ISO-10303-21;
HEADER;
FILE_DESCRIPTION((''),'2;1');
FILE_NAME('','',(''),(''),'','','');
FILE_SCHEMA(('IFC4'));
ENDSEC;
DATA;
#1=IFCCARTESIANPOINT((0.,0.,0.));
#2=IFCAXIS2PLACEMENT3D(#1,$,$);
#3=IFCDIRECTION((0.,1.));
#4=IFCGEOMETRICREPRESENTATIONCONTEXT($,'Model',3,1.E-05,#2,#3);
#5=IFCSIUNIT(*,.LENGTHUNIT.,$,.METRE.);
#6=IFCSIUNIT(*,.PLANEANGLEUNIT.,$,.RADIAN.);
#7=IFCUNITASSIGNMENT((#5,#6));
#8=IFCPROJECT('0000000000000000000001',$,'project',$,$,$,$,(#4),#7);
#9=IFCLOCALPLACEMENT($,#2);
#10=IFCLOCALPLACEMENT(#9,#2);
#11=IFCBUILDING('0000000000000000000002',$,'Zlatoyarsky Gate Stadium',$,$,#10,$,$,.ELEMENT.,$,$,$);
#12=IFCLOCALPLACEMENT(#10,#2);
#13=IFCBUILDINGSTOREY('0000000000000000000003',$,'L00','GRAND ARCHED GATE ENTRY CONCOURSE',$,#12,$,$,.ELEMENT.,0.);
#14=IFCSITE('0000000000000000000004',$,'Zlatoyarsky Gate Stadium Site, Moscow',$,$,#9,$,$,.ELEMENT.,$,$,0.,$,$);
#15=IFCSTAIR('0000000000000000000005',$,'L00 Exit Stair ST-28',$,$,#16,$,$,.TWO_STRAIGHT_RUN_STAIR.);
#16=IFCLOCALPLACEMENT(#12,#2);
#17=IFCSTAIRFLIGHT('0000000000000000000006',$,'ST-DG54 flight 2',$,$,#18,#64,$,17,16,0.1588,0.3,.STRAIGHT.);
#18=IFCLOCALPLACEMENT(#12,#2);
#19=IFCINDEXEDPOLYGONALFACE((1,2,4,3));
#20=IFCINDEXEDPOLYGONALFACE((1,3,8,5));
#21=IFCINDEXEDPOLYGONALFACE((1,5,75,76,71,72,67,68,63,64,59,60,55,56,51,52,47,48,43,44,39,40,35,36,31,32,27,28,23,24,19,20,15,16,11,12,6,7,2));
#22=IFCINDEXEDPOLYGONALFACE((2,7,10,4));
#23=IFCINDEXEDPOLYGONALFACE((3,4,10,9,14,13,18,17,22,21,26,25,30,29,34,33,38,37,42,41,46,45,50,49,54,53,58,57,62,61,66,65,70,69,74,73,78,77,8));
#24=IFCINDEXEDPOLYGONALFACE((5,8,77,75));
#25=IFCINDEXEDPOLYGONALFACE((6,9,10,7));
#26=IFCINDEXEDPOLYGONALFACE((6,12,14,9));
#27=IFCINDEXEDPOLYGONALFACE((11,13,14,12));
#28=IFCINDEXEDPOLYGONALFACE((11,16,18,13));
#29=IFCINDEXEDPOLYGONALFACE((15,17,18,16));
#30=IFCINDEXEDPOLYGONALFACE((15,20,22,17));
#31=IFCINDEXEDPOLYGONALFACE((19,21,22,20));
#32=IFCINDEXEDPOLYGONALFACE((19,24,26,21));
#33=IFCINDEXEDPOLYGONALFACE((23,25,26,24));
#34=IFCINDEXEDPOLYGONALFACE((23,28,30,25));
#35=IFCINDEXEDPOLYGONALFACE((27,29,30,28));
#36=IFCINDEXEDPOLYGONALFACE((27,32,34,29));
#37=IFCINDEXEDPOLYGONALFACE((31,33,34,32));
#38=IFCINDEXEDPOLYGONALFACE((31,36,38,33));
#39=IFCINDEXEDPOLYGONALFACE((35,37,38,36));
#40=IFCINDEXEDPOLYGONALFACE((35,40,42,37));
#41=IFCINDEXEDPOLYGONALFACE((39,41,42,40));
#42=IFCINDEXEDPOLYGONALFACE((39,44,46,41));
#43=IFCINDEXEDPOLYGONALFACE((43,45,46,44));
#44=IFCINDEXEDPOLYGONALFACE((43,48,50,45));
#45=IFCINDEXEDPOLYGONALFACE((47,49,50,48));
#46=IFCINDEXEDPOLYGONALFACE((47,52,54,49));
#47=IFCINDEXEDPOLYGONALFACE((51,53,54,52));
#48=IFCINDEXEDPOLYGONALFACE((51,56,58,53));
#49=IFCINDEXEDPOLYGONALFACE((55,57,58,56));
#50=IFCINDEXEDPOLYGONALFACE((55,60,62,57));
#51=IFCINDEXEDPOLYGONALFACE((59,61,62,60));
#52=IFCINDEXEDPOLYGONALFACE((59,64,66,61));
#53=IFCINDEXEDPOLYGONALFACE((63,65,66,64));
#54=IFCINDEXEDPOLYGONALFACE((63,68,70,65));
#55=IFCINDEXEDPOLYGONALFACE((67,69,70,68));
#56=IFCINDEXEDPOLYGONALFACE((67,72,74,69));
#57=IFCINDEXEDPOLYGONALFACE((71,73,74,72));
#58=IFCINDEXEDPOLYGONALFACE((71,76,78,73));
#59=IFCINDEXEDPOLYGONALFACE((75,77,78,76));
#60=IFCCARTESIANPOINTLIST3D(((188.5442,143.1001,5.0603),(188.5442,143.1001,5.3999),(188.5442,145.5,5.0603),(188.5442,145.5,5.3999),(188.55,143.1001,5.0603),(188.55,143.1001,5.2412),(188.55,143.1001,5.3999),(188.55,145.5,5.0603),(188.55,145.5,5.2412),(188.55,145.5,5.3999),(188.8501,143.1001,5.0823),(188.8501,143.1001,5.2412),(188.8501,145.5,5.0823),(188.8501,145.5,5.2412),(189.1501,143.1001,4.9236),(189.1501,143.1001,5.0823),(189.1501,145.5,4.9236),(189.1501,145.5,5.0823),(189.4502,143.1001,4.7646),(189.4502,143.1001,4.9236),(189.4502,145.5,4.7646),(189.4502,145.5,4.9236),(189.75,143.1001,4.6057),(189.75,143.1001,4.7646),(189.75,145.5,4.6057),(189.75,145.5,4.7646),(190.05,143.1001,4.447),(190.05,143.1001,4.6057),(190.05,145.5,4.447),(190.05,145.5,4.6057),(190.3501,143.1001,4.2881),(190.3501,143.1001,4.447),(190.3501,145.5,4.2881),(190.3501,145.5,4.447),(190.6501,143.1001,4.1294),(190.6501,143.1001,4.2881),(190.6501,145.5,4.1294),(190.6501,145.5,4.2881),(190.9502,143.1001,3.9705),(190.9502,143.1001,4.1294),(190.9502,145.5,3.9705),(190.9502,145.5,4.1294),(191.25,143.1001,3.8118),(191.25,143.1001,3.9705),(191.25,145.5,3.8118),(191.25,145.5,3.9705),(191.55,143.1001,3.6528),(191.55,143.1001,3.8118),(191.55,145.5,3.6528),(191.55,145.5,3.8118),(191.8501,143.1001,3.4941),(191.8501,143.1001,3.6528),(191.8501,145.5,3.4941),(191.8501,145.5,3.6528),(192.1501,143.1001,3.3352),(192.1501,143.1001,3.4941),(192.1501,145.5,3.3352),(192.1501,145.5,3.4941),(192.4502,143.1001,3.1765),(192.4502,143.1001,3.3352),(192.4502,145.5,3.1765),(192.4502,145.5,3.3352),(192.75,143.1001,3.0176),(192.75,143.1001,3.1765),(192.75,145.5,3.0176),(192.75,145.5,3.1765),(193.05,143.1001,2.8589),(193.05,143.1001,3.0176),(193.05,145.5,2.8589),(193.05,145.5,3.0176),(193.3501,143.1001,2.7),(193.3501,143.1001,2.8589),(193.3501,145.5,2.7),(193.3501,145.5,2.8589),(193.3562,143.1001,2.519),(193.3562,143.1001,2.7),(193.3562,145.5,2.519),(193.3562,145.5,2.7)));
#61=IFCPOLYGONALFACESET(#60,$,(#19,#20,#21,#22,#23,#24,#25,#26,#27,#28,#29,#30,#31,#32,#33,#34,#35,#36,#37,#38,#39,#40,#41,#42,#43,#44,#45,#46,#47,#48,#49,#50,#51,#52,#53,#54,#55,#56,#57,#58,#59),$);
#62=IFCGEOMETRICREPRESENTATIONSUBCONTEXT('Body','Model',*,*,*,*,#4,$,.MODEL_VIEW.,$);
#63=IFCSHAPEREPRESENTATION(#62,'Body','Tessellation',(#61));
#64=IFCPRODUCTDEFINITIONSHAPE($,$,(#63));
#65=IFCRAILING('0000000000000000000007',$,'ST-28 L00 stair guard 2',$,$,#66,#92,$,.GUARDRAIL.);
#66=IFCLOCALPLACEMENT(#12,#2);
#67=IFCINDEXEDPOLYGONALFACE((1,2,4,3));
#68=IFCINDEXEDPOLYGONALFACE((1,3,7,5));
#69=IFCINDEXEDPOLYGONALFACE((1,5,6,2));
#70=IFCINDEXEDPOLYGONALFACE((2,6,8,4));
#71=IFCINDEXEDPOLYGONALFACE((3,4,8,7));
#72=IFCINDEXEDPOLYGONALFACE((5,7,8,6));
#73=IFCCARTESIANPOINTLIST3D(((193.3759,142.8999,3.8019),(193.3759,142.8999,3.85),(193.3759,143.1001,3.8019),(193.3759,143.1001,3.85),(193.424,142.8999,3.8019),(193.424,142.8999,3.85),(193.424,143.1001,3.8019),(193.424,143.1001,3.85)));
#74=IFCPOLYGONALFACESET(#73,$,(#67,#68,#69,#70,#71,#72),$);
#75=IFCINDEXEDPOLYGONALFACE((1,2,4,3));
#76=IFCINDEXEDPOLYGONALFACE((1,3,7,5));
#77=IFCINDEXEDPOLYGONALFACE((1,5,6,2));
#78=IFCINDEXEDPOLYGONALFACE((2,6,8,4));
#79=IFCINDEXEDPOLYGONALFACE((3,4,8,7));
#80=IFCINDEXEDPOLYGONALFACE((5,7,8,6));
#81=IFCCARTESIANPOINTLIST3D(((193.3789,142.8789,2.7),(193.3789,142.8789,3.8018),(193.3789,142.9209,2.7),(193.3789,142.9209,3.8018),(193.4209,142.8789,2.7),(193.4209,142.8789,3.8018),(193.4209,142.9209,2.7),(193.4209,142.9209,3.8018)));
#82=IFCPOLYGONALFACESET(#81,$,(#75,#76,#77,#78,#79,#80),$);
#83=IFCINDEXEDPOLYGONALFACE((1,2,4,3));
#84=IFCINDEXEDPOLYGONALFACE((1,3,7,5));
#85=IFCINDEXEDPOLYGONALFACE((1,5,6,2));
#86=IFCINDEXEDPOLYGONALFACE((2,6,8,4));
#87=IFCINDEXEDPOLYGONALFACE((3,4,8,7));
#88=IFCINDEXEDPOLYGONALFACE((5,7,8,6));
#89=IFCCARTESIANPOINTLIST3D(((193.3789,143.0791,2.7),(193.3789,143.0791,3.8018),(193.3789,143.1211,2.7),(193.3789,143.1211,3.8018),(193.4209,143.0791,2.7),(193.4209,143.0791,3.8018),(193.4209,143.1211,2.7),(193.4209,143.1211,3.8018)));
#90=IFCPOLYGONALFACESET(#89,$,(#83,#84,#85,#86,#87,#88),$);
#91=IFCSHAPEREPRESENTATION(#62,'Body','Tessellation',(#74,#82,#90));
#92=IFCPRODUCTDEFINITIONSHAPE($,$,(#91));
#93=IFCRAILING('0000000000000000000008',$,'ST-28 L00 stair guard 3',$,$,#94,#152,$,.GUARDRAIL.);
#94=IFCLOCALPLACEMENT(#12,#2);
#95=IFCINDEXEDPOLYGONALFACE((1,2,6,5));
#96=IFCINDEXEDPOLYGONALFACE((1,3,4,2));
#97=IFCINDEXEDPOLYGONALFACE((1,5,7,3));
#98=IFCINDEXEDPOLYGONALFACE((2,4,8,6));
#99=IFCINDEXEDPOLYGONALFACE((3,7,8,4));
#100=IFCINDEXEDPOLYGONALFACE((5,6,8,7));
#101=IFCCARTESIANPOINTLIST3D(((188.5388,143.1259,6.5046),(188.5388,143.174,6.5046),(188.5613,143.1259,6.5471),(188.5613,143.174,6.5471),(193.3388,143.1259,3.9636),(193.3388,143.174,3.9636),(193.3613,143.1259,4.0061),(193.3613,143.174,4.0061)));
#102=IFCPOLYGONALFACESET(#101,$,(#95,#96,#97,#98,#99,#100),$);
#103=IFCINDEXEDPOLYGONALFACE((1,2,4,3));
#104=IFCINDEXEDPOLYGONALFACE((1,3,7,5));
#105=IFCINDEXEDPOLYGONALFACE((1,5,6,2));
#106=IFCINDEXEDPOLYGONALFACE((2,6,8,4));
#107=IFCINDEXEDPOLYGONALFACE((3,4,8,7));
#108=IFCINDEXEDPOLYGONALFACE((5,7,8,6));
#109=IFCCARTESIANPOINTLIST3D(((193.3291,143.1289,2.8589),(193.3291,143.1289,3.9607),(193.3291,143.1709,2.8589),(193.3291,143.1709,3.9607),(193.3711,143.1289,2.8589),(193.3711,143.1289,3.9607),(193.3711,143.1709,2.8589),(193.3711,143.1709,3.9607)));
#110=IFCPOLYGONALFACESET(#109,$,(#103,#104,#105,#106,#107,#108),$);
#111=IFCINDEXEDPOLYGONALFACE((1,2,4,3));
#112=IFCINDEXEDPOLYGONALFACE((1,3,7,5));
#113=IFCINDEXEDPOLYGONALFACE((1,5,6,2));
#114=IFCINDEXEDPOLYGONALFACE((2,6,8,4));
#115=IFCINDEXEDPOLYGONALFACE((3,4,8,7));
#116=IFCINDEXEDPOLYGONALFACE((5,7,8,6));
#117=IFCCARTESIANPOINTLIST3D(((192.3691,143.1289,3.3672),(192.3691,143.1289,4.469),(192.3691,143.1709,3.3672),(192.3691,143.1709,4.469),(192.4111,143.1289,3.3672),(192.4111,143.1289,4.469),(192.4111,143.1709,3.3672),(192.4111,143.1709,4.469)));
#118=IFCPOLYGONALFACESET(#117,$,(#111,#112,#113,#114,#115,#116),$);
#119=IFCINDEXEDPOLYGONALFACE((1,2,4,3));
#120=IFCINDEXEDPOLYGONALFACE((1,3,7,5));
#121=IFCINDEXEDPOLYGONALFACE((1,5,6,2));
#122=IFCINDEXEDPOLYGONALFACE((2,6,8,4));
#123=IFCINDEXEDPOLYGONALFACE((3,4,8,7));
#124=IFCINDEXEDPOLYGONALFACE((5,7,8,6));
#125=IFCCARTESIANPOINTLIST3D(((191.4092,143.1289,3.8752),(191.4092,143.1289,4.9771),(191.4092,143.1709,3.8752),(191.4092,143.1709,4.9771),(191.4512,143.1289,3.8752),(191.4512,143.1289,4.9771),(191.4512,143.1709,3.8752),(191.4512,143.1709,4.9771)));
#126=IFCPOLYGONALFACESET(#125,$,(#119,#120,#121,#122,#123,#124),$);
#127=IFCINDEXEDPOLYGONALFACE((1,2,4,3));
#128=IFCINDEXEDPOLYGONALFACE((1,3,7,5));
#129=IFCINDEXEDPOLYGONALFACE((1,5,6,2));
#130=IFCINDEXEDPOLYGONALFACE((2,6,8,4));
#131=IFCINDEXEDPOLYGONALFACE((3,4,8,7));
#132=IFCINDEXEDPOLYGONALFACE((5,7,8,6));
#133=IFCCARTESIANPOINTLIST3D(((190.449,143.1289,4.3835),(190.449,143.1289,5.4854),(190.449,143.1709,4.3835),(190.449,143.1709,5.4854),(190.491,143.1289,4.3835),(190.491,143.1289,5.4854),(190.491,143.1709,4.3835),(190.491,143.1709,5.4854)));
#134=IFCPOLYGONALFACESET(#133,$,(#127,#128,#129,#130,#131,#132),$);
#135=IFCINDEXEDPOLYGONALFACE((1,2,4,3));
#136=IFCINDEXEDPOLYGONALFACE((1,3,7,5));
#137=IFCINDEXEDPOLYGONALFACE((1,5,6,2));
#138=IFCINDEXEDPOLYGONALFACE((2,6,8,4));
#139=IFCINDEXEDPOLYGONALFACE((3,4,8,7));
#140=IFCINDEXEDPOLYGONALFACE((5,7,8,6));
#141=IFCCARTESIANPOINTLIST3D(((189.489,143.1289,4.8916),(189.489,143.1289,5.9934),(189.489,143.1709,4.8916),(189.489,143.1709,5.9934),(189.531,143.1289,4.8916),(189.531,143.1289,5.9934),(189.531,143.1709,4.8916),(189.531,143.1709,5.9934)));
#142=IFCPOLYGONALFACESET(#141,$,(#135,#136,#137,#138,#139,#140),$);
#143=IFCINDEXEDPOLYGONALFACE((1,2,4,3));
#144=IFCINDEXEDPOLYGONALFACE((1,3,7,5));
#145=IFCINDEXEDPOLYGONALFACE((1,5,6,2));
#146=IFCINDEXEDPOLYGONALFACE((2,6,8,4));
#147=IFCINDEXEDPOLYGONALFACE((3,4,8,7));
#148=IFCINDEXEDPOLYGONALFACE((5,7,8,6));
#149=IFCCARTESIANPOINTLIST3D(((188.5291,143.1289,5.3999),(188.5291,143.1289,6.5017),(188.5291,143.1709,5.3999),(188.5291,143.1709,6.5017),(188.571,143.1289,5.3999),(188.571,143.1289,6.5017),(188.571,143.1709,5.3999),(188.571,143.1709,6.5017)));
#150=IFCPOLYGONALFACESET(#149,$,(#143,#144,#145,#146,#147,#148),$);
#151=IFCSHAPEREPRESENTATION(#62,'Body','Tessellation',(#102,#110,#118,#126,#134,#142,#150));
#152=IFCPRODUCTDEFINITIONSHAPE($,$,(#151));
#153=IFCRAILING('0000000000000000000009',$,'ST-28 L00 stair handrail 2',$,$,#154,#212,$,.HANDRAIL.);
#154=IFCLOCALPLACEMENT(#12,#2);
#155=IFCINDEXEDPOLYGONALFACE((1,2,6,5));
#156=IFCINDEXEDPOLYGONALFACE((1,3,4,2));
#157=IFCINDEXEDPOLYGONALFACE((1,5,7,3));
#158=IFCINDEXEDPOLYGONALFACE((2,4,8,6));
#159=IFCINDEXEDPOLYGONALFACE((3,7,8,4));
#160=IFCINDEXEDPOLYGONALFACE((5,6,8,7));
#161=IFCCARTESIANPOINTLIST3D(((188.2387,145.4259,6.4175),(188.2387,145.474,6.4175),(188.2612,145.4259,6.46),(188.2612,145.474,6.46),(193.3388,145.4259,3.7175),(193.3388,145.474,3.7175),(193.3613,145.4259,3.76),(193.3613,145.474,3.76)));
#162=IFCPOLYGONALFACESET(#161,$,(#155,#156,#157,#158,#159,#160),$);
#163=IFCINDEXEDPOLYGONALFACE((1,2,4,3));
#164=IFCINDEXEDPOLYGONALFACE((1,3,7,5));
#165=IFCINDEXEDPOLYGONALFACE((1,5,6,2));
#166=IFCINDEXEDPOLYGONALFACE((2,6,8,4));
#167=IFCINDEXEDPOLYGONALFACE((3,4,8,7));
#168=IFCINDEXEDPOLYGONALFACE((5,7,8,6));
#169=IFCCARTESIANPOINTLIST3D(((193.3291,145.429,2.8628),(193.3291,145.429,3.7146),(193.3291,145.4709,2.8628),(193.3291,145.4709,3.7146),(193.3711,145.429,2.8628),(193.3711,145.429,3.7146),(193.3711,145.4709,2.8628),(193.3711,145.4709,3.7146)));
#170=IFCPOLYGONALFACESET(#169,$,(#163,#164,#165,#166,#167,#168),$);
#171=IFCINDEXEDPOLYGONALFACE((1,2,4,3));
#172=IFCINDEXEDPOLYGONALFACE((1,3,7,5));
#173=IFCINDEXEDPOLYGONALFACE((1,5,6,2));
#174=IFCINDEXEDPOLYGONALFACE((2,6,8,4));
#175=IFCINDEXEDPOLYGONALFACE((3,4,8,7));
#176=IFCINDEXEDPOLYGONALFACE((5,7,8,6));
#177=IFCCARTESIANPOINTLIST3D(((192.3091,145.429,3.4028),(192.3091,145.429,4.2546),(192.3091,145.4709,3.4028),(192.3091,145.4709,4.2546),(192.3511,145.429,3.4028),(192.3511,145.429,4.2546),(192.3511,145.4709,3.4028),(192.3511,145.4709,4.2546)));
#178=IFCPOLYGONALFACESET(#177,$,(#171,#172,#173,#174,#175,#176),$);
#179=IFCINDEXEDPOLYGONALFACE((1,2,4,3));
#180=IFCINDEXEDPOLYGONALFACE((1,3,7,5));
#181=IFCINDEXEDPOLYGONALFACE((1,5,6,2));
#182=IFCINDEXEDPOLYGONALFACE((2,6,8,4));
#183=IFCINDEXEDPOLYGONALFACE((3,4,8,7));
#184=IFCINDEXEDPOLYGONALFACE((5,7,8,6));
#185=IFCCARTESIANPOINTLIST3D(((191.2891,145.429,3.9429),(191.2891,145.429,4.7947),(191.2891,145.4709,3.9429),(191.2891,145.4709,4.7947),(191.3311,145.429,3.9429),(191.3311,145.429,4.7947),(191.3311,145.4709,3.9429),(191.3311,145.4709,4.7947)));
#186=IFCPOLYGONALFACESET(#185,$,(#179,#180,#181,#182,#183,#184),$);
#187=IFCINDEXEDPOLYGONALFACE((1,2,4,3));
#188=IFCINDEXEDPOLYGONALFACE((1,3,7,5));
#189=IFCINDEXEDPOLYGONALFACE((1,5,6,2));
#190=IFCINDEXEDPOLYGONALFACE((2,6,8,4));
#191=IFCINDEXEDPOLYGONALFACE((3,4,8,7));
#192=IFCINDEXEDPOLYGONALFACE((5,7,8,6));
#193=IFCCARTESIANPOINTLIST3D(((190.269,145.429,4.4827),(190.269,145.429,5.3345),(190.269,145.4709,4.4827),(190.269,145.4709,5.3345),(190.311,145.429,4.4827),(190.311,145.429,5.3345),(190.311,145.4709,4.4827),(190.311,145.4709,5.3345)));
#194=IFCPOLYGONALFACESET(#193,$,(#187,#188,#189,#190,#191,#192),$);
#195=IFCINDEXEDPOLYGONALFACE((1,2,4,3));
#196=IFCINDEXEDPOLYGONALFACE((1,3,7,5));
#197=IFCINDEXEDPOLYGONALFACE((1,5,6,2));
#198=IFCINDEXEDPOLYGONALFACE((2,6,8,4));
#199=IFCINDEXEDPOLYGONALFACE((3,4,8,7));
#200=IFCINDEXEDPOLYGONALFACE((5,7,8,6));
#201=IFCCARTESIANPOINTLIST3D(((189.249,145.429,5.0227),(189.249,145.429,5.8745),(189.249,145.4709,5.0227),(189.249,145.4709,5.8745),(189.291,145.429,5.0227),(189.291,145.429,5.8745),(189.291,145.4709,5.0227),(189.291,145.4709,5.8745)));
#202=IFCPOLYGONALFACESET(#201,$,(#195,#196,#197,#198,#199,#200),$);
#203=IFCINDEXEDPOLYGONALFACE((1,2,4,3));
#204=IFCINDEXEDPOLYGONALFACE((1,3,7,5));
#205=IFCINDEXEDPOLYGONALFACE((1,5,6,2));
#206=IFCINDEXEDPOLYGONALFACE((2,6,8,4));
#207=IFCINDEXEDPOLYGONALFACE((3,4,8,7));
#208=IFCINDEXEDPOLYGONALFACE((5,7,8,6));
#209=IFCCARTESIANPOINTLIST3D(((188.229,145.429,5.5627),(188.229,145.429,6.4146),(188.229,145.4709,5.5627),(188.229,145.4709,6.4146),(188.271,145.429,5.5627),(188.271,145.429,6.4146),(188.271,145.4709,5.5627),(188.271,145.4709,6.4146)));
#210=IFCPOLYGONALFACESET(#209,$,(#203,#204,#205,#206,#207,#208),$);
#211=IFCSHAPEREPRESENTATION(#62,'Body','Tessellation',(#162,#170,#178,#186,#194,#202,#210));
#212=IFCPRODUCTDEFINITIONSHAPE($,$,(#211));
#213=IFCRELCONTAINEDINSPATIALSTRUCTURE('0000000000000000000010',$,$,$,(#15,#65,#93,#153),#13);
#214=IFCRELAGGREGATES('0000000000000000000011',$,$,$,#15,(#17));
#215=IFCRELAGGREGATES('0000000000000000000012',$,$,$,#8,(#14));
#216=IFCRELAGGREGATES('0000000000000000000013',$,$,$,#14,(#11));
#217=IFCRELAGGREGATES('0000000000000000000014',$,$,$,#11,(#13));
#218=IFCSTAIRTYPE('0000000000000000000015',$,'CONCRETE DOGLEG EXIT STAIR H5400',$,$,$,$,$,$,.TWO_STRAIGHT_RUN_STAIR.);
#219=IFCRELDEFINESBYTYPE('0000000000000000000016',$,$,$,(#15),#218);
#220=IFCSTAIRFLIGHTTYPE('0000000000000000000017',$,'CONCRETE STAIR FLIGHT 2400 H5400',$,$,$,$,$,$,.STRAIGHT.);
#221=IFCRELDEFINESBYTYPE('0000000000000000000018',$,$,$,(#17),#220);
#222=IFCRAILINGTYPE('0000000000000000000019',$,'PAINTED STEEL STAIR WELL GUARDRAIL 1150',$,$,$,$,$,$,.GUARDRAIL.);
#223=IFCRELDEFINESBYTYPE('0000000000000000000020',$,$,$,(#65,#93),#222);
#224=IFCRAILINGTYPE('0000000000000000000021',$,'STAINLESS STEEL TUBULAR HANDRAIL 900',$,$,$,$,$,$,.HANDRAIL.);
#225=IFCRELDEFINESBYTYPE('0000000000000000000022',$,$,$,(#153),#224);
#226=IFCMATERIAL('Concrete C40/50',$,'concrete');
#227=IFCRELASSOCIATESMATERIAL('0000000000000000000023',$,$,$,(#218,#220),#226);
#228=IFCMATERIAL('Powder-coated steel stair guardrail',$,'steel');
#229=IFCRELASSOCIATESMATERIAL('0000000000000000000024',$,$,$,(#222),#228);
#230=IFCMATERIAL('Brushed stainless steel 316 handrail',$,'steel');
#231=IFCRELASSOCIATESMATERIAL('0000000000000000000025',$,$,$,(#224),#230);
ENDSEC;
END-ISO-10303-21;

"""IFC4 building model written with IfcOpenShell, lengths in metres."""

from ifc_helpers import new_model, si_unit, direction, frame, origin, origin_2d, place, context, subcontext, project, spatial, polyline, rectangle, outline, extrude, material, type_object, element, aggregate, save


model = new_model("IFC4")

# Units and contexts
model_context = context("Model", 3, precision=1e-05, world=origin(), true_north=direction((0.0, 1.0)))
body_context = subcontext(model_context, "Body", "Model", "MODEL_VIEW")
ifc_project = project(units=[si_unit("LENGTHUNIT", "METRE"), si_unit("PLANEANGLEUNIT", "RADIAN")], contexts=[model_context])

# Site, building, storey
site_placement = place(None, origin())
site = spatial("IfcSite", under=ifc_project, at=site_placement, Name="Zlatoyarsky Gate Stadium Site, Moscow", CompositionType="ELEMENT", RefElevation=0.0)
building_placement = place(site_placement, origin())
building = spatial("IfcBuilding", under=site, at=building_placement, Name="Zlatoyarsky Gate Stadium", CompositionType="ELEMENT")
storey_placement = place(building_placement, origin())
storey = spatial("IfcBuildingStorey", under=building, at=storey_placement, Name="L00", Description="GRAND ARCHED GATE ENTRY CONCOURSE", CompositionType="ELEMENT", Elevation=0.0)

# Shared definitions
ifc_material_1 = material(Name="Concrete C40/50", Category="concrete")

# Stair, stair flight
stair_type = type_object("IfcStairType", Name="CONCRETE DOGLEG EXIT STAIR H5400", PredefinedType="TWO_STRAIGHT_RUN_STAIR", material=ifc_material_1)
stair_placement = place(storey_placement, origin())
stair = element("IfcStair", 1, at=stair_placement, inside=storey, type_object=stair_type, Name="L00 Exit Stair ST-28", PredefinedType="TWO_STRAIGHT_RUN_STAIR")
stair_flight_type = type_object("IfcStairFlightType", Name="CONCRETE STAIR FLIGHT 2400 H5400", PredefinedType="STRAIGHT", material=ifc_material_1)
stair_flight_placement = place(storey_placement, frame((193.3501, 144.3, 2.7), z_axis=(0.0, 0.0, 1.0), x_axis=(-1.0, 0.0, 0.0)))
stair_flight = element("IfcStairFlight", 2, at=stair_flight_placement, type_object=stair_flight_type, Name="ST-DG54 flight 2", NumberOfRisers=17, NumberOfTreads=16, PredefinedType="STRAIGHT", RiserHeight=0.1588, TreadLength=0.3, context=body_context, shape_type="SweptSolid", body=[
    extrude(outline(polyline([(-0.0061, -0.1809), (-0.0061, 0.0), (0.0, 0.0), (0.0, 0.1589), (0.3, 0.1589), (0.3, 0.3176), (0.6001, 0.3176), (0.6001, 0.4766), (0.8999, 0.4766), (0.8999, 0.6353), (1.2, 0.6353), (1.2, 0.7942), (1.5, 0.7942), (1.5, 0.9529), (1.8, 0.9529), (1.8, 1.1118), (2.1001, 1.1118), (2.1001, 1.2705), (2.3999, 1.2705), (2.3999, 1.4294), (2.7, 1.4294), (2.7, 1.5881), (3.0, 1.5881), (3.0, 1.7471), (3.3, 1.7471), (3.3, 1.9058), (3.6001, 1.9058), (3.6001, 2.0647), (3.8999, 2.0647), (3.8999, 2.2236), (4.2, 2.2236), (4.2, 2.3823), (4.5, 2.3823), (4.5, 2.5413), (4.8, 2.5413), (4.8, 2.7), (4.8059, 2.7), (4.8059, 2.3604), (4.8, 2.3604), (-0.0061, -0.1809)])), frame((0.0, 1.2, 0.0), z_axis=(0.0, -1.0, 0.0), x_axis=(1.0, 0.0, 0.0)), (0.0, 0.0, 1.0), 2.3999),
])
aggregate(stair, [stair_flight])

# Railings
ifc_material_2 = material(Name="Powder-coated steel stair guardrail", Category="steel")
railing_type_1 = type_object("IfcRailingType", Name="PAINTED STEEL STAIR WELL GUARDRAIL 1150", PredefinedType="GUARDRAIL", material=ifc_material_2)
railing_1_placement = place(storey_placement, frame((193.3999, 142.8999, 2.7)))
element("IfcRailing", 3, at=railing_1_placement, inside=storey, type_object=railing_type_1, Name="ST-28 L00 stair guard 2", PredefinedType="GUARDRAIL", context=body_context, shape_type="SweptSolid", body=[
    extrude(rectangle(XDim=0.0481, YDim=0.0481, at=origin_2d()), frame((0.0, 0.0, 1.126), z_axis=(0.0, 1.0, 0.0), x_axis=(-1.0, 0.0, 0.0)), (0.0, 0.0, 1.0), 0.2002),
    extrude(rectangle(XDim=0.042, YDim=0.042, at=origin_2d()), origin(), (0.0, 0.0, 1.0), 1.1018),
    extrude(rectangle(XDim=0.042, YDim=0.042, at=origin_2d()), frame((0.0, 0.2002, 0.0)), (0.0, 0.0, 1.0), 1.1018),
])
railing_2_placement = place(storey_placement, frame((193.3501, 143.1499, 2.8589)))
element("IfcRailing", 4, at=railing_2_placement, inside=storey, type_object=railing_type_1, Name="ST-28 L00 stair guard 3", PredefinedType="GUARDRAIL", context=body_context, shape_type="SweptSolid", body=[
    extrude(rectangle(XDim=0.0481, YDim=0.0481, at=origin_2d()), frame((0.0, 0.0, 1.126), z_axis=(-0.883802, 0.0, 0.467861), x_axis=(0.0, -1.0, 0.0)), (0.0, 0.0, 1.0), 5.4312),
    extrude(rectangle(XDim=0.042, YDim=0.042, at=origin_2d()), origin(), (0.0, 0.0, 1.0), 1.1018),
    extrude(rectangle(XDim=0.042, YDim=0.042, at=origin_2d()), frame((-0.96, 0.0, 0.5083)), (0.0, 0.0, 1.0), 1.1018),
    extrude(rectangle(XDim=0.042, YDim=0.042, at=origin_2d()), frame((-1.9199, 0.0, 1.0164)), (0.0, 0.0, 1.0), 1.1018),
    extrude(rectangle(XDim=0.042, YDim=0.042, at=origin_2d()), frame((-2.8801, 0.0, 1.5247)), (0.0, 0.0, 1.0), 1.1018),
    extrude(rectangle(XDim=0.042, YDim=0.042, at=origin_2d()), frame((-3.8401, 0.0, 2.0327)), (0.0, 0.0, 1.0), 1.1018),
    extrude(rectangle(XDim=0.042, YDim=0.042, at=origin_2d()), frame((-4.8, 0.0, 2.541)), (0.0, 0.0, 1.0), 1.1018),
])
ifc_material_3 = material(Name="Brushed stainless steel 316 handrail", Category="steel")
railing_type_2 = type_object("IfcRailingType", Name="STAINLESS STEEL TUBULAR HANDRAIL 900", PredefinedType="HANDRAIL", material=ifc_material_3)
railing_3_placement = place(storey_placement, frame((193.3501, 145.45, 2.8628)))
element("IfcRailing", 5, at=railing_3_placement, inside=storey, type_object=railing_type_2, Name="ST-28 L00 stair handrail 2", PredefinedType="HANDRAIL", context=body_context, shape_type="SweptSolid", body=[
    extrude(rectangle(XDim=0.0481, YDim=0.0481, at=origin_2d()), frame((0.0, 0.0, 0.876), z_axis=(-0.883795, 0.0, 0.467874), x_axis=(0.0, -1.0, 0.0)), (0.0, 0.0, 1.0), 5.7708),
    extrude(rectangle(XDim=0.042, YDim=0.042, at=origin_2d()), origin(), (0.0, 0.0, 1.0), 0.8518),
    extrude(rectangle(XDim=0.042, YDim=0.042, at=origin_2d()), frame((-1.02, 0.0, 0.54)), (0.0, 0.0, 1.0), 0.8518),
    extrude(rectangle(XDim=0.042, YDim=0.042, at=origin_2d()), frame((-2.04, 0.0, 1.0801)), (0.0, 0.0, 1.0), 0.8518),
    extrude(rectangle(XDim=0.042, YDim=0.042, at=origin_2d()), frame((-3.0601, 0.0, 1.6199)), (0.0, 0.0, 1.0), 0.8518),
    extrude(rectangle(XDim=0.042, YDim=0.042, at=origin_2d()), frame((-4.0801, 0.0, 2.1599)), (0.0, 0.0, 1.0), 0.8518),
    extrude(rectangle(XDim=0.042, YDim=0.042, at=origin_2d()), frame((-5.1001, 0.0, 2.7)), (0.0, 0.0, 1.0), 0.8518),
])

save(model, "model.ifc")
